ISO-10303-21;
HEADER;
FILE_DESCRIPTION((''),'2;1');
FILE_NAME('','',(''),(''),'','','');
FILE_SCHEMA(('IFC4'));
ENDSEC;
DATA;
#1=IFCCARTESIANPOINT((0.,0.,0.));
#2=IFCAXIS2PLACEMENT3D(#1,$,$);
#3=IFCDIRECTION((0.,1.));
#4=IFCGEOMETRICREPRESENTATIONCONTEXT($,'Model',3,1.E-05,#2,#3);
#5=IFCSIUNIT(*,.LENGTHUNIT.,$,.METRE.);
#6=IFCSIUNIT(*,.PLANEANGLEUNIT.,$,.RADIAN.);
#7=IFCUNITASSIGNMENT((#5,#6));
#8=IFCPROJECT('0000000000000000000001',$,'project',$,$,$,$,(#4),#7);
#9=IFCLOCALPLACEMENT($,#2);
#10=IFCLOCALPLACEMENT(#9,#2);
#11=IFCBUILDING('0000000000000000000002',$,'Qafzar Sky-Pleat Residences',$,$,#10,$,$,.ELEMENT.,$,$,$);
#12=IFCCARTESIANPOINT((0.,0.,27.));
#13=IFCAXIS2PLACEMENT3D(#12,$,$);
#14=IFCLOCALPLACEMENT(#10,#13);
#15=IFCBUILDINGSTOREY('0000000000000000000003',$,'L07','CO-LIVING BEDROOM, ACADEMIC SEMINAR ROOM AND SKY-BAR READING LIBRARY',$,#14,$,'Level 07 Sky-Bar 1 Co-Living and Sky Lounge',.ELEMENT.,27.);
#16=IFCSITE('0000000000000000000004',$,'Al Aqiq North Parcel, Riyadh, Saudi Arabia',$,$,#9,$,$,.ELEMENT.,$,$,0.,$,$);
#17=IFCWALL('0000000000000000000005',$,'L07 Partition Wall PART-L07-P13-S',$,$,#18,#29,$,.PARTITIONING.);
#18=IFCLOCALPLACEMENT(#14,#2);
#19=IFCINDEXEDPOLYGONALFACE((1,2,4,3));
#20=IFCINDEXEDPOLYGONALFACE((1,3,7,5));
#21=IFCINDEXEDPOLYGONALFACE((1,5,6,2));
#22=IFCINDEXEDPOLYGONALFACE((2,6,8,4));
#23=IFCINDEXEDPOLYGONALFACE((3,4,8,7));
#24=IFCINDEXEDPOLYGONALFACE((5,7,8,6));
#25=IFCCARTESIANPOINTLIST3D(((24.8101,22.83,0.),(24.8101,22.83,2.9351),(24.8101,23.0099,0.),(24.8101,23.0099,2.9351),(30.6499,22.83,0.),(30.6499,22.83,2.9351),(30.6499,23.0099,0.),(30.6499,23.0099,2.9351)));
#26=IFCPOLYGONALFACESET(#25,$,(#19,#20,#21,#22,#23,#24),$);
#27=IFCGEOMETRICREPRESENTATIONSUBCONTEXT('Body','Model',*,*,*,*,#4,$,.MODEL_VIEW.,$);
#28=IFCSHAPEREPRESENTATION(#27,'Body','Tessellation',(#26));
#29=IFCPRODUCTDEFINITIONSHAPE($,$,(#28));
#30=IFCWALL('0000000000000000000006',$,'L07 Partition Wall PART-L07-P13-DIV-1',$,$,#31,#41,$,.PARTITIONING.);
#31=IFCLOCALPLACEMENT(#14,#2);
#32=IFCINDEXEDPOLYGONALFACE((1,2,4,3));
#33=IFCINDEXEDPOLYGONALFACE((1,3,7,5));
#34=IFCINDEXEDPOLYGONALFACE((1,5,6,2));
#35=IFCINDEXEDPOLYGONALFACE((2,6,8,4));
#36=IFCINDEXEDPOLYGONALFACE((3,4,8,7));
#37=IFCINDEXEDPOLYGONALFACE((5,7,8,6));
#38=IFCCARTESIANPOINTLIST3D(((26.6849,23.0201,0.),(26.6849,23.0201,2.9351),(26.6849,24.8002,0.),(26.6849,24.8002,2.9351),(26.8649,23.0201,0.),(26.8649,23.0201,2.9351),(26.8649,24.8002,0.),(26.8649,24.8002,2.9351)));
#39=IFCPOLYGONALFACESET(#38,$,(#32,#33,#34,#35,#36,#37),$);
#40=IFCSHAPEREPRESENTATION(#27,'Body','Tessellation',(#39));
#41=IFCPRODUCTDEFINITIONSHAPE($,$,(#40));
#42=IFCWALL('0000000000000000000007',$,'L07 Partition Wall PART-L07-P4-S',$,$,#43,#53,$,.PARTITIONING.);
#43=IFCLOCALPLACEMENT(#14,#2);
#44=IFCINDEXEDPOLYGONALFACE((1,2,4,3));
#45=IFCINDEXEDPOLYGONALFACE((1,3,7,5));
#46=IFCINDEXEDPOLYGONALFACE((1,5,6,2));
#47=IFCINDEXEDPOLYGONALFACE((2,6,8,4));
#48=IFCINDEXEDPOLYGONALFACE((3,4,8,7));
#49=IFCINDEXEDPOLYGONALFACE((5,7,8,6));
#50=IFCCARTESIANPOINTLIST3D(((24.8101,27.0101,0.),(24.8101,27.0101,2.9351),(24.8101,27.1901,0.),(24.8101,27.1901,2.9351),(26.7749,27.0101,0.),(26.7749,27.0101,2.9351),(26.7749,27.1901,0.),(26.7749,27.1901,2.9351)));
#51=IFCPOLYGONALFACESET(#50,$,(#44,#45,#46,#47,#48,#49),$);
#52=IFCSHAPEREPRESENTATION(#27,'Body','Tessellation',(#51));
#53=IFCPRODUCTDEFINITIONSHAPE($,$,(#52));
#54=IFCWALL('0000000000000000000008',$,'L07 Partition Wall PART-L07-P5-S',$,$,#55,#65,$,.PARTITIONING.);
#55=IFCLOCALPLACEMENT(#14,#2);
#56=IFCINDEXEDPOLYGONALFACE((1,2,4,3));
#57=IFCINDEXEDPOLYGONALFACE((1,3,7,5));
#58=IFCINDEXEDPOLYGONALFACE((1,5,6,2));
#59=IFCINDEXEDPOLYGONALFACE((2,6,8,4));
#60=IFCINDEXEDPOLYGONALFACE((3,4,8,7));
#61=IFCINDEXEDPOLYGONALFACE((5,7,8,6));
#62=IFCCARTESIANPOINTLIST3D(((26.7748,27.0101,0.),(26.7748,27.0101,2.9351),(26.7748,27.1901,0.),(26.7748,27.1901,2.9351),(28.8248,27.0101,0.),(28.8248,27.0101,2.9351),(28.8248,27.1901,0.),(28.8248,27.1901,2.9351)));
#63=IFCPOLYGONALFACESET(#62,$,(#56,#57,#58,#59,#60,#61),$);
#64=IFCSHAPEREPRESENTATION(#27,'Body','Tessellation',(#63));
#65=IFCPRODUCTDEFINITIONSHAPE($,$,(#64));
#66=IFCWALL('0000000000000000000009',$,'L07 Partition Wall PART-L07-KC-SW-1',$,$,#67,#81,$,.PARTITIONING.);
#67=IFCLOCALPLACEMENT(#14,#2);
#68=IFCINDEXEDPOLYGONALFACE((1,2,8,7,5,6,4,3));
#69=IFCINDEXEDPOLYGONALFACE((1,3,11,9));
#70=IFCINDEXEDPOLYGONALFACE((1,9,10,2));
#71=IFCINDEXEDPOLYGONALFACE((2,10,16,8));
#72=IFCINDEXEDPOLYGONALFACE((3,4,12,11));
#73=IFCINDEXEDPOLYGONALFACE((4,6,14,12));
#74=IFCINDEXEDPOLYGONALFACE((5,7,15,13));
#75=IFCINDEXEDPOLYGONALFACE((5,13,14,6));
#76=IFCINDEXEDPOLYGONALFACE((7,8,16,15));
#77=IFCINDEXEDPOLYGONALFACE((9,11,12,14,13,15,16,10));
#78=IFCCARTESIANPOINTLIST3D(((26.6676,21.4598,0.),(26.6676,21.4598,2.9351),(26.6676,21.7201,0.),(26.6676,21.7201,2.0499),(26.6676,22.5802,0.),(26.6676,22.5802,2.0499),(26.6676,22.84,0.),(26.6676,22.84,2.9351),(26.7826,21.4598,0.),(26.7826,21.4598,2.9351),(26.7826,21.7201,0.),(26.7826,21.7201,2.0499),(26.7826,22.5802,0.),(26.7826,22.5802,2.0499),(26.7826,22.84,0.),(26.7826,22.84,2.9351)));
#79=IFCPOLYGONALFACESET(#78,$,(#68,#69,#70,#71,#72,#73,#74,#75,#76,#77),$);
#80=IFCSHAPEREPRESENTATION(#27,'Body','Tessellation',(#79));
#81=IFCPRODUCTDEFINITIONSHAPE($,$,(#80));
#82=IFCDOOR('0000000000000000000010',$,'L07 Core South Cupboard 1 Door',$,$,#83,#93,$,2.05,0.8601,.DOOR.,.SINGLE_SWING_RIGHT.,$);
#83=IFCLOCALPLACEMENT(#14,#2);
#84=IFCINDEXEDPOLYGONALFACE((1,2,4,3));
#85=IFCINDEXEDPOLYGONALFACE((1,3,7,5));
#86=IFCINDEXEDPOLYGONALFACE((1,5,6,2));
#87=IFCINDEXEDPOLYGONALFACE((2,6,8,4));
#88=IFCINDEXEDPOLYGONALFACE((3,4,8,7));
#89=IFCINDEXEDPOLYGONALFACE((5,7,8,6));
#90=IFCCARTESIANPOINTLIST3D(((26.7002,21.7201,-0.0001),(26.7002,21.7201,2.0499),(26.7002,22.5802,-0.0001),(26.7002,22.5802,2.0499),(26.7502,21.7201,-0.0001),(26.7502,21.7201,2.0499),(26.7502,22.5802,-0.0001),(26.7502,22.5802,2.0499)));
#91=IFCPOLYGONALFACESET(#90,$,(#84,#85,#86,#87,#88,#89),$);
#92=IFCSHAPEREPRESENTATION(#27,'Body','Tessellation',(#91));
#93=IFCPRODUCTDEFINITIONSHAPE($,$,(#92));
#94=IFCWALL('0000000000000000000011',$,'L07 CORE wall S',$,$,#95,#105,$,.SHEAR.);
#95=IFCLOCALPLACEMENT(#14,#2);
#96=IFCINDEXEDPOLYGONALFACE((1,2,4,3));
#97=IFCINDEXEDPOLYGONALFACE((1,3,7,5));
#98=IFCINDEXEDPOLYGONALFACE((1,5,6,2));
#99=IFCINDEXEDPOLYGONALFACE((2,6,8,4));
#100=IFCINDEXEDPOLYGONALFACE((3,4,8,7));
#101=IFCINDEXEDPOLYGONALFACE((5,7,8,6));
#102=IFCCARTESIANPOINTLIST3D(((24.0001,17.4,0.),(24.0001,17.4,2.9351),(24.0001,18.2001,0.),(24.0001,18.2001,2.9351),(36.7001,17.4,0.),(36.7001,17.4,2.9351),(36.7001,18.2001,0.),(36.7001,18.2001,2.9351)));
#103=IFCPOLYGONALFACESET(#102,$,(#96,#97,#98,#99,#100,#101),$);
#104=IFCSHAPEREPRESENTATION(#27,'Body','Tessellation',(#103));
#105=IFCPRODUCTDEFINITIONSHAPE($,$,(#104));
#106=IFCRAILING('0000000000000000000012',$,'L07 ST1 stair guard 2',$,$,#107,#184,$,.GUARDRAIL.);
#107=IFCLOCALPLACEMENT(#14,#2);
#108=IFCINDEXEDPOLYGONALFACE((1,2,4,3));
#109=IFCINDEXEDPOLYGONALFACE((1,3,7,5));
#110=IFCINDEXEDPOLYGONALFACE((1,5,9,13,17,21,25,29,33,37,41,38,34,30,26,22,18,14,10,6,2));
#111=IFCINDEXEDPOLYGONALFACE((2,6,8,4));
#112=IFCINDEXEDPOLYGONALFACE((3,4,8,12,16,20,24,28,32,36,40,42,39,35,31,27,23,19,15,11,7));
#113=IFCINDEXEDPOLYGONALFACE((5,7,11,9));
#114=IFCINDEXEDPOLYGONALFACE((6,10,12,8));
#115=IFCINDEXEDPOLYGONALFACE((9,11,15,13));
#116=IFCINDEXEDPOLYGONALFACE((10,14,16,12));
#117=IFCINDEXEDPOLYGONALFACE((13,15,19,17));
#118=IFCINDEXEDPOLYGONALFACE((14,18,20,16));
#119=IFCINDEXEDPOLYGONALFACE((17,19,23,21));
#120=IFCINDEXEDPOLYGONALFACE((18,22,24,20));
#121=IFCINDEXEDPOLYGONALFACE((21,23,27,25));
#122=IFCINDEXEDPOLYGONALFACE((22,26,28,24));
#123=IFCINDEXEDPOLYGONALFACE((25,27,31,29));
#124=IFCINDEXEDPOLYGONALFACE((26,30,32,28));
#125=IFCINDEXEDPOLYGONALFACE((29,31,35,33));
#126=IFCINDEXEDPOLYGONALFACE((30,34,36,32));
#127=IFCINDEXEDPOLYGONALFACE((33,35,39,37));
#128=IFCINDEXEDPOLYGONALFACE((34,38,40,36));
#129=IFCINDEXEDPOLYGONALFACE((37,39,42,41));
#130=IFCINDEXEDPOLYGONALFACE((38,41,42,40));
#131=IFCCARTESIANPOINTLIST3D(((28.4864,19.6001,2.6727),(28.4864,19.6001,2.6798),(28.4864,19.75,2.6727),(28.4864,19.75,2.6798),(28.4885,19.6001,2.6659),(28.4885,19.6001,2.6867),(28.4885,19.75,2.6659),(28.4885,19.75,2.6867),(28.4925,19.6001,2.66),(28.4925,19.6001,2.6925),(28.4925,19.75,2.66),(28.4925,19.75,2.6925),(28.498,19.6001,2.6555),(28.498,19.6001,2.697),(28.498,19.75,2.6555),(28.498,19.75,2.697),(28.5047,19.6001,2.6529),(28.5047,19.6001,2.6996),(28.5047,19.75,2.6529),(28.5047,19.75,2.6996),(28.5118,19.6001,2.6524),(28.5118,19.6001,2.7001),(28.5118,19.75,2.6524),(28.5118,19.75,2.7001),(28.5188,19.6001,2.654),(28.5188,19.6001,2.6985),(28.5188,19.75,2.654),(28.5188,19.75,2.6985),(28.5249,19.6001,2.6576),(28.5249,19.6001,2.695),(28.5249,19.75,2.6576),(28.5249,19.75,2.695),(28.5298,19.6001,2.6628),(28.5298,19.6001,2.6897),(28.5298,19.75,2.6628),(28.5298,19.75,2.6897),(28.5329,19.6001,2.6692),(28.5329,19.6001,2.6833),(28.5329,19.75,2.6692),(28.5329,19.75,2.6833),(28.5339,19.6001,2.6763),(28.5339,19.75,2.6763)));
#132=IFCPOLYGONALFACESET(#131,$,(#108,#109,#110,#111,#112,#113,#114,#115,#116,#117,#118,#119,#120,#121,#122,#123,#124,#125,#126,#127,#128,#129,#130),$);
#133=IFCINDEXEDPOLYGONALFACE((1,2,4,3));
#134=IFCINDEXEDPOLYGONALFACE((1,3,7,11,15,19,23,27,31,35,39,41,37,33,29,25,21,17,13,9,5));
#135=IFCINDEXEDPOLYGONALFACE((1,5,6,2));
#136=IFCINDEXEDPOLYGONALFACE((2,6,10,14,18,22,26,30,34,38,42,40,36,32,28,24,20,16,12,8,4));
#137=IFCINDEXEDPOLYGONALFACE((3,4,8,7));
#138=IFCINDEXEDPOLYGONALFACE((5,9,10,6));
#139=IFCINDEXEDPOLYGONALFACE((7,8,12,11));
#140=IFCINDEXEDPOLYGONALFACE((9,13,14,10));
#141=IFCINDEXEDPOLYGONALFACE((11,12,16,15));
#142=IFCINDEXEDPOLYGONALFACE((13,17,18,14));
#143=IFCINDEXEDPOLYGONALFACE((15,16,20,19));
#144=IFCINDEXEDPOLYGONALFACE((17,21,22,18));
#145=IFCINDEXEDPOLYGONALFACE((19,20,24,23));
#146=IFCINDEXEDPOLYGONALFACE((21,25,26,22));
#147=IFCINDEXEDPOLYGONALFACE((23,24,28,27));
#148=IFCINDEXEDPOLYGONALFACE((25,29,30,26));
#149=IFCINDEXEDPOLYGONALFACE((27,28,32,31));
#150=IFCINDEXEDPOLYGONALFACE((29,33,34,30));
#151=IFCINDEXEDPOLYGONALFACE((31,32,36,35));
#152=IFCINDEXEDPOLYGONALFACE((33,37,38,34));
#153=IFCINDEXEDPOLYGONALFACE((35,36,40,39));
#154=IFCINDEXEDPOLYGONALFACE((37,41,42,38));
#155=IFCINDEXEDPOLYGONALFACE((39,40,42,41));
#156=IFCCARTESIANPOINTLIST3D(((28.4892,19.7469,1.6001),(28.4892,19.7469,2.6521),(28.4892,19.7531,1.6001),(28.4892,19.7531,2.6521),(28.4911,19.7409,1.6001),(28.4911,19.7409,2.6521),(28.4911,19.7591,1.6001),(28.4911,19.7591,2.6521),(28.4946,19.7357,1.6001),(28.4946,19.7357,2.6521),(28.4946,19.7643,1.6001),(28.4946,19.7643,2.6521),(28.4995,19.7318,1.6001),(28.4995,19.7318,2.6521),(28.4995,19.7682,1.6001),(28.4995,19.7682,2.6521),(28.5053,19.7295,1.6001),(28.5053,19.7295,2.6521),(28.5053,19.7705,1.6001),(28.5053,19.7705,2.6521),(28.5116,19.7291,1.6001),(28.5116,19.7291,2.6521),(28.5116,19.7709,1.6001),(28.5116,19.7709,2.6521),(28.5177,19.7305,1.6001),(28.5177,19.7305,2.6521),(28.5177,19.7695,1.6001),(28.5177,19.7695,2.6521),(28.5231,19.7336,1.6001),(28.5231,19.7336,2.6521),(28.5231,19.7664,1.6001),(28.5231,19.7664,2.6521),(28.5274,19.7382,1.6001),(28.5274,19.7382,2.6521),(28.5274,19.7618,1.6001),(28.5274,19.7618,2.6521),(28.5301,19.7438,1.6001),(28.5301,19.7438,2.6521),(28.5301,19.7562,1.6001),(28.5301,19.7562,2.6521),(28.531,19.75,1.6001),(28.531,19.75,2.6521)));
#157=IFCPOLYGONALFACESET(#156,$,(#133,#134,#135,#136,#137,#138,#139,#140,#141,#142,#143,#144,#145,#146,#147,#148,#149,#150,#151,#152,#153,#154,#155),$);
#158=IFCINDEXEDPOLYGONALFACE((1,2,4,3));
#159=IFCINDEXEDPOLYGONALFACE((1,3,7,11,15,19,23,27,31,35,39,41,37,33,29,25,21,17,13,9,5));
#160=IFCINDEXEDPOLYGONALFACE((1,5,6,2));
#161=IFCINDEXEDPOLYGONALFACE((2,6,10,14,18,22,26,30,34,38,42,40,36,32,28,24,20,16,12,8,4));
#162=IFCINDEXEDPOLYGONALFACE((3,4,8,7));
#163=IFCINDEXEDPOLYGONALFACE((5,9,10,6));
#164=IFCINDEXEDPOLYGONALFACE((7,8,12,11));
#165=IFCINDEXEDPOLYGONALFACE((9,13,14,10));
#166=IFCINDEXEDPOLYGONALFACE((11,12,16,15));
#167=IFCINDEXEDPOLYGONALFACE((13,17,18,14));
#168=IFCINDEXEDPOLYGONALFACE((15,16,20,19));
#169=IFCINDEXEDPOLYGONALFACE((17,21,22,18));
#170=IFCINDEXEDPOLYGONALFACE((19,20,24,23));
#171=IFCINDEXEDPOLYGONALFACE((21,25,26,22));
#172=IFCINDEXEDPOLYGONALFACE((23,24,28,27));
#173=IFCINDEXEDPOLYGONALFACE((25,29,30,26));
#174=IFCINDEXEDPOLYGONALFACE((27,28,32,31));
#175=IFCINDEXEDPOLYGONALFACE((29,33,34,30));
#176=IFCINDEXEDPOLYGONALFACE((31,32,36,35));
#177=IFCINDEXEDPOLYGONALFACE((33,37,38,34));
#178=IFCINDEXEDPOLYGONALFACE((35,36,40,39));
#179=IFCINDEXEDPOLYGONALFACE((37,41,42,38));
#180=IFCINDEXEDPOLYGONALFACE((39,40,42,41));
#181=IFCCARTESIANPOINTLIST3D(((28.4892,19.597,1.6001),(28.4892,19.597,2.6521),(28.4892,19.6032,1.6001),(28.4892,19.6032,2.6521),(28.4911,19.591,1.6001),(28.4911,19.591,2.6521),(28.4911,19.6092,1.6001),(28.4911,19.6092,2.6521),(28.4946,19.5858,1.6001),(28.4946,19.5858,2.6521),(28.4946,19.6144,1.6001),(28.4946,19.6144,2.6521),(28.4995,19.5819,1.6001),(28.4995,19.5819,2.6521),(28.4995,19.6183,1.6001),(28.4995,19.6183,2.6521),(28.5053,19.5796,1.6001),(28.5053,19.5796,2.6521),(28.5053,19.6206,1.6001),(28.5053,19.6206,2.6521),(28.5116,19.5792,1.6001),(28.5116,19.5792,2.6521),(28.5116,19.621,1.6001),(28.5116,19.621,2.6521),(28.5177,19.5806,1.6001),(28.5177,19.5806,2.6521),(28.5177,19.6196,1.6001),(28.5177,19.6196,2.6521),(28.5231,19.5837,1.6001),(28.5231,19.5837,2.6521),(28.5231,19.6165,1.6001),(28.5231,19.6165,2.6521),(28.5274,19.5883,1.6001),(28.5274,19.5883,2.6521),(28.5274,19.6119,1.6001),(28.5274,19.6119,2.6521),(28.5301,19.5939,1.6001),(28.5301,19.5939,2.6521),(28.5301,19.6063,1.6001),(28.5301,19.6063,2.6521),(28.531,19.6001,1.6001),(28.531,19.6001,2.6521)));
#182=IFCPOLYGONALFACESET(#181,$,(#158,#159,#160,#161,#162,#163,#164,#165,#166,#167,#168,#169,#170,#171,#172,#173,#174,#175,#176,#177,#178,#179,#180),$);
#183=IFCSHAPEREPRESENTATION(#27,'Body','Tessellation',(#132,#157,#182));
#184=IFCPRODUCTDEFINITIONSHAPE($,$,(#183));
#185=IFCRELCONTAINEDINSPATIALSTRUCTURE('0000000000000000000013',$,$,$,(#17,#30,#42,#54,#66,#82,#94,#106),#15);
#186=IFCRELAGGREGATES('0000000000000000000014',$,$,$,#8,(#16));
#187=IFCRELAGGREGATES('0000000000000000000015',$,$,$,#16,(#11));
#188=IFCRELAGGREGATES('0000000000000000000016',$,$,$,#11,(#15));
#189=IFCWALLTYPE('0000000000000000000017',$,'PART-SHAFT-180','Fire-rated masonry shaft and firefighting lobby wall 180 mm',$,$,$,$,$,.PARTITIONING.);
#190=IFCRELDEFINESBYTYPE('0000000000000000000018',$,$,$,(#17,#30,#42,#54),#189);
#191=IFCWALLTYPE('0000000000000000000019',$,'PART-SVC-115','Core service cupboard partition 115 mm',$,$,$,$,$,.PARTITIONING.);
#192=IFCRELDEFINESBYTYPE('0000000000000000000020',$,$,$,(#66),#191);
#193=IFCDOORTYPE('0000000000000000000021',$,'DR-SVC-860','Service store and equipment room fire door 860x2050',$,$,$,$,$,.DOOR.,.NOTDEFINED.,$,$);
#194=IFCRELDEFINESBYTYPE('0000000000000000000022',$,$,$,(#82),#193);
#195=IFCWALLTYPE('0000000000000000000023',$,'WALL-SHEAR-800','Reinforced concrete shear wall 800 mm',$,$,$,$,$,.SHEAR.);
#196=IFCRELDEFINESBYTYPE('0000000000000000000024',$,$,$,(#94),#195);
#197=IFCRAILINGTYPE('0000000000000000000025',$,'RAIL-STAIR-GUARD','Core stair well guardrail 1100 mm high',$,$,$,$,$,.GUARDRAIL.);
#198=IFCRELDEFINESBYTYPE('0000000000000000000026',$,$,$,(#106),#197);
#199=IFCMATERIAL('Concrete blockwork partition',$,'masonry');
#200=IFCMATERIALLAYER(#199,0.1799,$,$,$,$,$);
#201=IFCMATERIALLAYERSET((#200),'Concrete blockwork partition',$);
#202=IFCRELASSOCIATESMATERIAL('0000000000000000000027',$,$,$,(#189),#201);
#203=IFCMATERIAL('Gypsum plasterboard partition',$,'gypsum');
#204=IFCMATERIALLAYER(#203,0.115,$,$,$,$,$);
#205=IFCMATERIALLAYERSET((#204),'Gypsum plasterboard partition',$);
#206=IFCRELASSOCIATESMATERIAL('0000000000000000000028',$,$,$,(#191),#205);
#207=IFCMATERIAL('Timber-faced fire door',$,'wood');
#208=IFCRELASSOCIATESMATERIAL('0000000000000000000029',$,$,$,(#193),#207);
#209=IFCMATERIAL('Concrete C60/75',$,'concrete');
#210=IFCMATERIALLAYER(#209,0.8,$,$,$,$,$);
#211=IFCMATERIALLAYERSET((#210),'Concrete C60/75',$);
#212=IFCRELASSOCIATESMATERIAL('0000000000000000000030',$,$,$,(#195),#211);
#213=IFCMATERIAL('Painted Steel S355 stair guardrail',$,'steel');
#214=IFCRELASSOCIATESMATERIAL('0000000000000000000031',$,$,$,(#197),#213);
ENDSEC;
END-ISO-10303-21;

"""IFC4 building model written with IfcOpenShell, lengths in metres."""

from ifc_helpers import new_model, si_unit, direction, frame, frame_2d, origin, origin_2d, place, context, subcontext, project, spatial, rectangle, circle, extrude, source, transform, mapped, material, layer, layer_set, type_object, element, fill, save


model = new_model("IFC4")

# Units and contexts
model_context = context("Model", 3, precision=1e-05, world=origin(), true_north=direction((0.0, 1.0)))
body_context = subcontext(model_context, "Body", "Model", "MODEL_VIEW")
ifc_project = project(units=[si_unit("LENGTHUNIT", "METRE"), si_unit("PLANEANGLEUNIT", "RADIAN")], contexts=[model_context])

# Site, building, storey
site_placement = place(None, origin())
site = spatial("IfcSite", under=ifc_project, at=site_placement, Name="Al Aqiq North Parcel, Riyadh, Saudi Arabia", CompositionType="ELEMENT", RefElevation=0.0)
building_placement = place(site_placement, origin())
building = spatial("IfcBuilding", under=site, at=building_placement, Name="Qafzar Sky-Pleat Residences", CompositionType="ELEMENT")
storey_placement = place(building_placement, frame((0.0, 0.0, 27.0)))
storey = spatial("IfcBuildingStorey", under=building, at=storey_placement, Name="L07", Description="CO-LIVING BEDROOM, ACADEMIC SEMINAR ROOM AND SKY-BAR READING LIBRARY", LongName="Level 07 Sky-Bar 1 Co-Living and Sky Lounge", CompositionType="ELEMENT", Elevation=27.0)

# Wall
ifc_material_1 = material(Name="Concrete blockwork partition", Category="masonry")
ifc_layer_1 = layer(ifc_material_1, 0.1799)
ifc_layer_set_1 = layer_set([ifc_layer_1], Name="Concrete blockwork partition")
wall_type_1 = type_object("IfcWallType", Name="PART-SHAFT-180", Description="Fire-rated masonry shaft and firefighting lobby wall 180 mm", PredefinedType="PARTITIONING", material=ifc_layer_set_1)
wall_1_placement = place(storey_placement, frame((24.8101, 22.9199, 0.0), z_axis=(0.0, 0.0, 1.0), x_axis=(1.0, 0.0, 0.0)))
element("IfcWall", 1, at=wall_1_placement, inside=storey, type_object=wall_type_1, Name="L07 Partition Wall PART-L07-P13-S", PredefinedType="PARTITIONING", context=body_context, shape_type="SweptSolid", body=[
    extrude(rectangle(XDim=5.8398, YDim=0.1799, at=frame_2d((2.9199, 0.0))), origin(), (0.0, 0.0, 1.0), 2.9351),
])

# Walls
wall_2_placement = place(storey_placement, frame((26.7749, 23.02, 0.0), z_axis=(0.0, 0.0, 1.0), x_axis=(0.0, 1.0, 0.0)))
element("IfcWall", 2, at=wall_2_placement, inside=storey, type_object=wall_type_1, Name="L07 Partition Wall PART-L07-P13-DIV-1", PredefinedType="PARTITIONING", context=body_context, shape_type="SweptSolid", body=[
    extrude(rectangle(XDim=1.78, YDim=0.1799, at=frame_2d((0.8901, 0.0))), origin(), (0.0, 0.0, 1.0), 2.9351),
])
wall_3_placement = place(storey_placement, frame((24.8101, 27.1001, 0.0), z_axis=(0.0, 0.0, 1.0), x_axis=(1.0, 0.0, 0.0)))
element("IfcWall", 3, at=wall_3_placement, inside=storey, type_object=wall_type_1, Name="L07 Partition Wall PART-L07-P4-S", PredefinedType="PARTITIONING", context=body_context, shape_type="SweptSolid", body=[
    extrude(rectangle(XDim=1.9648, YDim=0.1799, at=frame_2d((0.9824, 0.0))), origin(), (0.0, 0.0, 1.0), 2.9351),
])
wall_4_placement = place(storey_placement, frame((26.7749, 27.1001, 0.0), z_axis=(0.0, 0.0, 1.0), x_axis=(1.0, 0.0, 0.0)))
element("IfcWall", 4, at=wall_4_placement, inside=storey, type_object=wall_type_1, Name="L07 Partition Wall PART-L07-P5-S", PredefinedType="PARTITIONING", context=body_context, shape_type="SweptSolid", body=[
    extrude(rectangle(XDim=2.05, YDim=0.1799, at=frame_2d((1.0249, 0.0))), origin(), (0.0, 0.0, 1.0), 2.9351),
])

# Wall, opening, door
ifc_material_2 = material(Name="Gypsum plasterboard partition", Category="gypsum")
ifc_layer_2 = layer(ifc_material_2, 0.115)
ifc_layer_set_2 = layer_set([ifc_layer_2], Name="Gypsum plasterboard partition")
wall_type_2 = type_object("IfcWallType", Name="PART-SVC-115", Description="Core service cupboard partition 115 mm", PredefinedType="PARTITIONING", material=ifc_layer_set_2)
wall_5_placement = place(storey_placement, frame((26.7251, 21.46, 0.0), z_axis=(0.0, 0.0, 1.0), x_axis=(0.0, 1.0, 0.0)))
wall_5 = element("IfcWall", 5, at=wall_5_placement, inside=storey, type_object=wall_type_2, Name="L07 Partition Wall PART-L07-KC-SW-1", PredefinedType="PARTITIONING", context=body_context, shape_type="SweptSolid", body=[
    extrude(rectangle(XDim=1.3801, YDim=0.115, at=frame_2d((0.6899, 0.0))), origin(), (0.0, 0.0, 1.0), 2.9351),
])
opening_1_placement = place(wall_5_placement, frame((0.26, 0.0, 0.0)))
opening_1 = element("IfcOpeningElement", 6, at=opening_1_placement, cuts=wall_5, PredefinedType="OPENING", context=body_context, shape_type="SweptSolid", body=[
    extrude(rectangle(XDim=0.8601, YDim=2.05, at=frame_2d((0.4302, 1.0249))), frame((0.0, 0.0674, 0.0), z_axis=(0.0, -1.0, 0.0), x_axis=(1.0, 0.0, 0.0)), (0.0, 0.0, 1.0), 0.135),
])
ifc_material_3 = material(Name="Timber-faced fire door", Category="wood")
door_type_1 = type_object("IfcDoorType", Name="DR-SVC-860", Description="Service store and equipment room fire door 860x2050", OperationType="NOTDEFINED", PredefinedType="DOOR", material=ifc_material_3)
shared_shape_1 = source(origin(), body_context, "Body", "SweptSolid", [
    extrude(rectangle(XDim=0.8601, YDim=2.05, at=frame_2d((0.4302, 1.0249))), frame((0.0, 0.0249, 0.0), z_axis=(0.0, -1.0, 0.0), x_axis=(1.0, 0.0, 0.0)), (0.0, 0.0, 1.0), 0.05),
])
door_1_placement = place(opening_1_placement, origin())
door_1 = element("IfcDoor", 7, at=door_1_placement, inside=storey, type_object=door_type_1, Name="L07 Core South Cupboard 1 Door", OperationType="SINGLE_SWING_RIGHT", OverallHeight=2.05, OverallWidth=0.8601, PredefinedType="DOOR", context=body_context, shape_type="MappedRepresentation", body=[
    mapped(shared_shape_1, transform((0.0, 0.0, 0.0), x_axis=(1.0, 0.0, 0.0), y_axis=(0.0, 1.0, 0.0), z_axis=(0.0, 0.0, 1.0), scale=1.0)),
])
fill(opening_1, door_1)

# Shared definitions
ifc_material_4 = material(Name="Concrete C60/75", Category="concrete")

# Wall
ifc_layer_3 = layer(ifc_material_4, 0.8)
ifc_layer_set_3 = layer_set([ifc_layer_3], Name="Concrete C60/75")
wall_type_3 = type_object("IfcWallType", Name="WALL-SHEAR-800", Description="Reinforced concrete shear wall 800 mm", PredefinedType="SHEAR", material=ifc_layer_set_3)
wall_6_placement = place(storey_placement, frame((24.0, 17.8, 0.0), z_axis=(0.0, 0.0, 1.0), x_axis=(1.0, 0.0, 0.0)))
element("IfcWall", 8, at=wall_6_placement, inside=storey, type_object=wall_type_3, Name="L07 CORE wall S", PredefinedType="SHEAR", context=body_context, shape_type="SweptSolid", body=[
    extrude(rectangle(XDim=12.7, YDim=0.8, at=frame_2d((6.3501, 0.0))), origin(), (0.0, 0.0, 1.0), 2.9351),
])

# Railing
ifc_material_5 = material(Name="Painted Steel S355 stair guardrail", Category="steel")
railing_type_1 = type_object("IfcRailingType", Name="RAIL-STAIR-GUARD", Description="Core stair well guardrail 1100 mm high", PredefinedType="GUARDRAIL", material=ifc_material_5)
shared_shape_2 = source(origin(), body_context, "Body", "SweptSolid", [
    extrude(circle(Radius=0.0239, at=origin_2d()), frame((0.0, 0.0, 1.0762), z_axis=(0.0, -1.0, 0.0), x_axis=(1.0, 0.0, 0.0)), (0.0, 0.0, 1.0), 0.1499),
    extrude(circle(Radius=0.021, at=origin_2d()), origin(), (0.0, 0.0, 1.0), 1.052),
    extrude(circle(Radius=0.021, at=origin_2d()), frame((0.0, -0.1499, 0.0)), (0.0, 0.0, 1.0), 1.052),
])
for number, where, name in (
    (9, (28.51, 19.75, 1.6001), "L07 ST1 stair guard 2"),
):
    element("IfcRailing", number, at=place(storey_placement, frame(where)), inside=storey, type_object=railing_type_1, Name=name, PredefinedType="GUARDRAIL", context=body_context, shape_type="MappedRepresentation", body=[
        mapped(shared_shape_2, transform((0.0, 0.0, 0.0), x_axis=(1.0, 0.0, 0.0), y_axis=(0.0, 1.0, 0.0), z_axis=(0.0, 0.0, 1.0), scale=1.0)),
    ])

save(model, "model.ifc")
